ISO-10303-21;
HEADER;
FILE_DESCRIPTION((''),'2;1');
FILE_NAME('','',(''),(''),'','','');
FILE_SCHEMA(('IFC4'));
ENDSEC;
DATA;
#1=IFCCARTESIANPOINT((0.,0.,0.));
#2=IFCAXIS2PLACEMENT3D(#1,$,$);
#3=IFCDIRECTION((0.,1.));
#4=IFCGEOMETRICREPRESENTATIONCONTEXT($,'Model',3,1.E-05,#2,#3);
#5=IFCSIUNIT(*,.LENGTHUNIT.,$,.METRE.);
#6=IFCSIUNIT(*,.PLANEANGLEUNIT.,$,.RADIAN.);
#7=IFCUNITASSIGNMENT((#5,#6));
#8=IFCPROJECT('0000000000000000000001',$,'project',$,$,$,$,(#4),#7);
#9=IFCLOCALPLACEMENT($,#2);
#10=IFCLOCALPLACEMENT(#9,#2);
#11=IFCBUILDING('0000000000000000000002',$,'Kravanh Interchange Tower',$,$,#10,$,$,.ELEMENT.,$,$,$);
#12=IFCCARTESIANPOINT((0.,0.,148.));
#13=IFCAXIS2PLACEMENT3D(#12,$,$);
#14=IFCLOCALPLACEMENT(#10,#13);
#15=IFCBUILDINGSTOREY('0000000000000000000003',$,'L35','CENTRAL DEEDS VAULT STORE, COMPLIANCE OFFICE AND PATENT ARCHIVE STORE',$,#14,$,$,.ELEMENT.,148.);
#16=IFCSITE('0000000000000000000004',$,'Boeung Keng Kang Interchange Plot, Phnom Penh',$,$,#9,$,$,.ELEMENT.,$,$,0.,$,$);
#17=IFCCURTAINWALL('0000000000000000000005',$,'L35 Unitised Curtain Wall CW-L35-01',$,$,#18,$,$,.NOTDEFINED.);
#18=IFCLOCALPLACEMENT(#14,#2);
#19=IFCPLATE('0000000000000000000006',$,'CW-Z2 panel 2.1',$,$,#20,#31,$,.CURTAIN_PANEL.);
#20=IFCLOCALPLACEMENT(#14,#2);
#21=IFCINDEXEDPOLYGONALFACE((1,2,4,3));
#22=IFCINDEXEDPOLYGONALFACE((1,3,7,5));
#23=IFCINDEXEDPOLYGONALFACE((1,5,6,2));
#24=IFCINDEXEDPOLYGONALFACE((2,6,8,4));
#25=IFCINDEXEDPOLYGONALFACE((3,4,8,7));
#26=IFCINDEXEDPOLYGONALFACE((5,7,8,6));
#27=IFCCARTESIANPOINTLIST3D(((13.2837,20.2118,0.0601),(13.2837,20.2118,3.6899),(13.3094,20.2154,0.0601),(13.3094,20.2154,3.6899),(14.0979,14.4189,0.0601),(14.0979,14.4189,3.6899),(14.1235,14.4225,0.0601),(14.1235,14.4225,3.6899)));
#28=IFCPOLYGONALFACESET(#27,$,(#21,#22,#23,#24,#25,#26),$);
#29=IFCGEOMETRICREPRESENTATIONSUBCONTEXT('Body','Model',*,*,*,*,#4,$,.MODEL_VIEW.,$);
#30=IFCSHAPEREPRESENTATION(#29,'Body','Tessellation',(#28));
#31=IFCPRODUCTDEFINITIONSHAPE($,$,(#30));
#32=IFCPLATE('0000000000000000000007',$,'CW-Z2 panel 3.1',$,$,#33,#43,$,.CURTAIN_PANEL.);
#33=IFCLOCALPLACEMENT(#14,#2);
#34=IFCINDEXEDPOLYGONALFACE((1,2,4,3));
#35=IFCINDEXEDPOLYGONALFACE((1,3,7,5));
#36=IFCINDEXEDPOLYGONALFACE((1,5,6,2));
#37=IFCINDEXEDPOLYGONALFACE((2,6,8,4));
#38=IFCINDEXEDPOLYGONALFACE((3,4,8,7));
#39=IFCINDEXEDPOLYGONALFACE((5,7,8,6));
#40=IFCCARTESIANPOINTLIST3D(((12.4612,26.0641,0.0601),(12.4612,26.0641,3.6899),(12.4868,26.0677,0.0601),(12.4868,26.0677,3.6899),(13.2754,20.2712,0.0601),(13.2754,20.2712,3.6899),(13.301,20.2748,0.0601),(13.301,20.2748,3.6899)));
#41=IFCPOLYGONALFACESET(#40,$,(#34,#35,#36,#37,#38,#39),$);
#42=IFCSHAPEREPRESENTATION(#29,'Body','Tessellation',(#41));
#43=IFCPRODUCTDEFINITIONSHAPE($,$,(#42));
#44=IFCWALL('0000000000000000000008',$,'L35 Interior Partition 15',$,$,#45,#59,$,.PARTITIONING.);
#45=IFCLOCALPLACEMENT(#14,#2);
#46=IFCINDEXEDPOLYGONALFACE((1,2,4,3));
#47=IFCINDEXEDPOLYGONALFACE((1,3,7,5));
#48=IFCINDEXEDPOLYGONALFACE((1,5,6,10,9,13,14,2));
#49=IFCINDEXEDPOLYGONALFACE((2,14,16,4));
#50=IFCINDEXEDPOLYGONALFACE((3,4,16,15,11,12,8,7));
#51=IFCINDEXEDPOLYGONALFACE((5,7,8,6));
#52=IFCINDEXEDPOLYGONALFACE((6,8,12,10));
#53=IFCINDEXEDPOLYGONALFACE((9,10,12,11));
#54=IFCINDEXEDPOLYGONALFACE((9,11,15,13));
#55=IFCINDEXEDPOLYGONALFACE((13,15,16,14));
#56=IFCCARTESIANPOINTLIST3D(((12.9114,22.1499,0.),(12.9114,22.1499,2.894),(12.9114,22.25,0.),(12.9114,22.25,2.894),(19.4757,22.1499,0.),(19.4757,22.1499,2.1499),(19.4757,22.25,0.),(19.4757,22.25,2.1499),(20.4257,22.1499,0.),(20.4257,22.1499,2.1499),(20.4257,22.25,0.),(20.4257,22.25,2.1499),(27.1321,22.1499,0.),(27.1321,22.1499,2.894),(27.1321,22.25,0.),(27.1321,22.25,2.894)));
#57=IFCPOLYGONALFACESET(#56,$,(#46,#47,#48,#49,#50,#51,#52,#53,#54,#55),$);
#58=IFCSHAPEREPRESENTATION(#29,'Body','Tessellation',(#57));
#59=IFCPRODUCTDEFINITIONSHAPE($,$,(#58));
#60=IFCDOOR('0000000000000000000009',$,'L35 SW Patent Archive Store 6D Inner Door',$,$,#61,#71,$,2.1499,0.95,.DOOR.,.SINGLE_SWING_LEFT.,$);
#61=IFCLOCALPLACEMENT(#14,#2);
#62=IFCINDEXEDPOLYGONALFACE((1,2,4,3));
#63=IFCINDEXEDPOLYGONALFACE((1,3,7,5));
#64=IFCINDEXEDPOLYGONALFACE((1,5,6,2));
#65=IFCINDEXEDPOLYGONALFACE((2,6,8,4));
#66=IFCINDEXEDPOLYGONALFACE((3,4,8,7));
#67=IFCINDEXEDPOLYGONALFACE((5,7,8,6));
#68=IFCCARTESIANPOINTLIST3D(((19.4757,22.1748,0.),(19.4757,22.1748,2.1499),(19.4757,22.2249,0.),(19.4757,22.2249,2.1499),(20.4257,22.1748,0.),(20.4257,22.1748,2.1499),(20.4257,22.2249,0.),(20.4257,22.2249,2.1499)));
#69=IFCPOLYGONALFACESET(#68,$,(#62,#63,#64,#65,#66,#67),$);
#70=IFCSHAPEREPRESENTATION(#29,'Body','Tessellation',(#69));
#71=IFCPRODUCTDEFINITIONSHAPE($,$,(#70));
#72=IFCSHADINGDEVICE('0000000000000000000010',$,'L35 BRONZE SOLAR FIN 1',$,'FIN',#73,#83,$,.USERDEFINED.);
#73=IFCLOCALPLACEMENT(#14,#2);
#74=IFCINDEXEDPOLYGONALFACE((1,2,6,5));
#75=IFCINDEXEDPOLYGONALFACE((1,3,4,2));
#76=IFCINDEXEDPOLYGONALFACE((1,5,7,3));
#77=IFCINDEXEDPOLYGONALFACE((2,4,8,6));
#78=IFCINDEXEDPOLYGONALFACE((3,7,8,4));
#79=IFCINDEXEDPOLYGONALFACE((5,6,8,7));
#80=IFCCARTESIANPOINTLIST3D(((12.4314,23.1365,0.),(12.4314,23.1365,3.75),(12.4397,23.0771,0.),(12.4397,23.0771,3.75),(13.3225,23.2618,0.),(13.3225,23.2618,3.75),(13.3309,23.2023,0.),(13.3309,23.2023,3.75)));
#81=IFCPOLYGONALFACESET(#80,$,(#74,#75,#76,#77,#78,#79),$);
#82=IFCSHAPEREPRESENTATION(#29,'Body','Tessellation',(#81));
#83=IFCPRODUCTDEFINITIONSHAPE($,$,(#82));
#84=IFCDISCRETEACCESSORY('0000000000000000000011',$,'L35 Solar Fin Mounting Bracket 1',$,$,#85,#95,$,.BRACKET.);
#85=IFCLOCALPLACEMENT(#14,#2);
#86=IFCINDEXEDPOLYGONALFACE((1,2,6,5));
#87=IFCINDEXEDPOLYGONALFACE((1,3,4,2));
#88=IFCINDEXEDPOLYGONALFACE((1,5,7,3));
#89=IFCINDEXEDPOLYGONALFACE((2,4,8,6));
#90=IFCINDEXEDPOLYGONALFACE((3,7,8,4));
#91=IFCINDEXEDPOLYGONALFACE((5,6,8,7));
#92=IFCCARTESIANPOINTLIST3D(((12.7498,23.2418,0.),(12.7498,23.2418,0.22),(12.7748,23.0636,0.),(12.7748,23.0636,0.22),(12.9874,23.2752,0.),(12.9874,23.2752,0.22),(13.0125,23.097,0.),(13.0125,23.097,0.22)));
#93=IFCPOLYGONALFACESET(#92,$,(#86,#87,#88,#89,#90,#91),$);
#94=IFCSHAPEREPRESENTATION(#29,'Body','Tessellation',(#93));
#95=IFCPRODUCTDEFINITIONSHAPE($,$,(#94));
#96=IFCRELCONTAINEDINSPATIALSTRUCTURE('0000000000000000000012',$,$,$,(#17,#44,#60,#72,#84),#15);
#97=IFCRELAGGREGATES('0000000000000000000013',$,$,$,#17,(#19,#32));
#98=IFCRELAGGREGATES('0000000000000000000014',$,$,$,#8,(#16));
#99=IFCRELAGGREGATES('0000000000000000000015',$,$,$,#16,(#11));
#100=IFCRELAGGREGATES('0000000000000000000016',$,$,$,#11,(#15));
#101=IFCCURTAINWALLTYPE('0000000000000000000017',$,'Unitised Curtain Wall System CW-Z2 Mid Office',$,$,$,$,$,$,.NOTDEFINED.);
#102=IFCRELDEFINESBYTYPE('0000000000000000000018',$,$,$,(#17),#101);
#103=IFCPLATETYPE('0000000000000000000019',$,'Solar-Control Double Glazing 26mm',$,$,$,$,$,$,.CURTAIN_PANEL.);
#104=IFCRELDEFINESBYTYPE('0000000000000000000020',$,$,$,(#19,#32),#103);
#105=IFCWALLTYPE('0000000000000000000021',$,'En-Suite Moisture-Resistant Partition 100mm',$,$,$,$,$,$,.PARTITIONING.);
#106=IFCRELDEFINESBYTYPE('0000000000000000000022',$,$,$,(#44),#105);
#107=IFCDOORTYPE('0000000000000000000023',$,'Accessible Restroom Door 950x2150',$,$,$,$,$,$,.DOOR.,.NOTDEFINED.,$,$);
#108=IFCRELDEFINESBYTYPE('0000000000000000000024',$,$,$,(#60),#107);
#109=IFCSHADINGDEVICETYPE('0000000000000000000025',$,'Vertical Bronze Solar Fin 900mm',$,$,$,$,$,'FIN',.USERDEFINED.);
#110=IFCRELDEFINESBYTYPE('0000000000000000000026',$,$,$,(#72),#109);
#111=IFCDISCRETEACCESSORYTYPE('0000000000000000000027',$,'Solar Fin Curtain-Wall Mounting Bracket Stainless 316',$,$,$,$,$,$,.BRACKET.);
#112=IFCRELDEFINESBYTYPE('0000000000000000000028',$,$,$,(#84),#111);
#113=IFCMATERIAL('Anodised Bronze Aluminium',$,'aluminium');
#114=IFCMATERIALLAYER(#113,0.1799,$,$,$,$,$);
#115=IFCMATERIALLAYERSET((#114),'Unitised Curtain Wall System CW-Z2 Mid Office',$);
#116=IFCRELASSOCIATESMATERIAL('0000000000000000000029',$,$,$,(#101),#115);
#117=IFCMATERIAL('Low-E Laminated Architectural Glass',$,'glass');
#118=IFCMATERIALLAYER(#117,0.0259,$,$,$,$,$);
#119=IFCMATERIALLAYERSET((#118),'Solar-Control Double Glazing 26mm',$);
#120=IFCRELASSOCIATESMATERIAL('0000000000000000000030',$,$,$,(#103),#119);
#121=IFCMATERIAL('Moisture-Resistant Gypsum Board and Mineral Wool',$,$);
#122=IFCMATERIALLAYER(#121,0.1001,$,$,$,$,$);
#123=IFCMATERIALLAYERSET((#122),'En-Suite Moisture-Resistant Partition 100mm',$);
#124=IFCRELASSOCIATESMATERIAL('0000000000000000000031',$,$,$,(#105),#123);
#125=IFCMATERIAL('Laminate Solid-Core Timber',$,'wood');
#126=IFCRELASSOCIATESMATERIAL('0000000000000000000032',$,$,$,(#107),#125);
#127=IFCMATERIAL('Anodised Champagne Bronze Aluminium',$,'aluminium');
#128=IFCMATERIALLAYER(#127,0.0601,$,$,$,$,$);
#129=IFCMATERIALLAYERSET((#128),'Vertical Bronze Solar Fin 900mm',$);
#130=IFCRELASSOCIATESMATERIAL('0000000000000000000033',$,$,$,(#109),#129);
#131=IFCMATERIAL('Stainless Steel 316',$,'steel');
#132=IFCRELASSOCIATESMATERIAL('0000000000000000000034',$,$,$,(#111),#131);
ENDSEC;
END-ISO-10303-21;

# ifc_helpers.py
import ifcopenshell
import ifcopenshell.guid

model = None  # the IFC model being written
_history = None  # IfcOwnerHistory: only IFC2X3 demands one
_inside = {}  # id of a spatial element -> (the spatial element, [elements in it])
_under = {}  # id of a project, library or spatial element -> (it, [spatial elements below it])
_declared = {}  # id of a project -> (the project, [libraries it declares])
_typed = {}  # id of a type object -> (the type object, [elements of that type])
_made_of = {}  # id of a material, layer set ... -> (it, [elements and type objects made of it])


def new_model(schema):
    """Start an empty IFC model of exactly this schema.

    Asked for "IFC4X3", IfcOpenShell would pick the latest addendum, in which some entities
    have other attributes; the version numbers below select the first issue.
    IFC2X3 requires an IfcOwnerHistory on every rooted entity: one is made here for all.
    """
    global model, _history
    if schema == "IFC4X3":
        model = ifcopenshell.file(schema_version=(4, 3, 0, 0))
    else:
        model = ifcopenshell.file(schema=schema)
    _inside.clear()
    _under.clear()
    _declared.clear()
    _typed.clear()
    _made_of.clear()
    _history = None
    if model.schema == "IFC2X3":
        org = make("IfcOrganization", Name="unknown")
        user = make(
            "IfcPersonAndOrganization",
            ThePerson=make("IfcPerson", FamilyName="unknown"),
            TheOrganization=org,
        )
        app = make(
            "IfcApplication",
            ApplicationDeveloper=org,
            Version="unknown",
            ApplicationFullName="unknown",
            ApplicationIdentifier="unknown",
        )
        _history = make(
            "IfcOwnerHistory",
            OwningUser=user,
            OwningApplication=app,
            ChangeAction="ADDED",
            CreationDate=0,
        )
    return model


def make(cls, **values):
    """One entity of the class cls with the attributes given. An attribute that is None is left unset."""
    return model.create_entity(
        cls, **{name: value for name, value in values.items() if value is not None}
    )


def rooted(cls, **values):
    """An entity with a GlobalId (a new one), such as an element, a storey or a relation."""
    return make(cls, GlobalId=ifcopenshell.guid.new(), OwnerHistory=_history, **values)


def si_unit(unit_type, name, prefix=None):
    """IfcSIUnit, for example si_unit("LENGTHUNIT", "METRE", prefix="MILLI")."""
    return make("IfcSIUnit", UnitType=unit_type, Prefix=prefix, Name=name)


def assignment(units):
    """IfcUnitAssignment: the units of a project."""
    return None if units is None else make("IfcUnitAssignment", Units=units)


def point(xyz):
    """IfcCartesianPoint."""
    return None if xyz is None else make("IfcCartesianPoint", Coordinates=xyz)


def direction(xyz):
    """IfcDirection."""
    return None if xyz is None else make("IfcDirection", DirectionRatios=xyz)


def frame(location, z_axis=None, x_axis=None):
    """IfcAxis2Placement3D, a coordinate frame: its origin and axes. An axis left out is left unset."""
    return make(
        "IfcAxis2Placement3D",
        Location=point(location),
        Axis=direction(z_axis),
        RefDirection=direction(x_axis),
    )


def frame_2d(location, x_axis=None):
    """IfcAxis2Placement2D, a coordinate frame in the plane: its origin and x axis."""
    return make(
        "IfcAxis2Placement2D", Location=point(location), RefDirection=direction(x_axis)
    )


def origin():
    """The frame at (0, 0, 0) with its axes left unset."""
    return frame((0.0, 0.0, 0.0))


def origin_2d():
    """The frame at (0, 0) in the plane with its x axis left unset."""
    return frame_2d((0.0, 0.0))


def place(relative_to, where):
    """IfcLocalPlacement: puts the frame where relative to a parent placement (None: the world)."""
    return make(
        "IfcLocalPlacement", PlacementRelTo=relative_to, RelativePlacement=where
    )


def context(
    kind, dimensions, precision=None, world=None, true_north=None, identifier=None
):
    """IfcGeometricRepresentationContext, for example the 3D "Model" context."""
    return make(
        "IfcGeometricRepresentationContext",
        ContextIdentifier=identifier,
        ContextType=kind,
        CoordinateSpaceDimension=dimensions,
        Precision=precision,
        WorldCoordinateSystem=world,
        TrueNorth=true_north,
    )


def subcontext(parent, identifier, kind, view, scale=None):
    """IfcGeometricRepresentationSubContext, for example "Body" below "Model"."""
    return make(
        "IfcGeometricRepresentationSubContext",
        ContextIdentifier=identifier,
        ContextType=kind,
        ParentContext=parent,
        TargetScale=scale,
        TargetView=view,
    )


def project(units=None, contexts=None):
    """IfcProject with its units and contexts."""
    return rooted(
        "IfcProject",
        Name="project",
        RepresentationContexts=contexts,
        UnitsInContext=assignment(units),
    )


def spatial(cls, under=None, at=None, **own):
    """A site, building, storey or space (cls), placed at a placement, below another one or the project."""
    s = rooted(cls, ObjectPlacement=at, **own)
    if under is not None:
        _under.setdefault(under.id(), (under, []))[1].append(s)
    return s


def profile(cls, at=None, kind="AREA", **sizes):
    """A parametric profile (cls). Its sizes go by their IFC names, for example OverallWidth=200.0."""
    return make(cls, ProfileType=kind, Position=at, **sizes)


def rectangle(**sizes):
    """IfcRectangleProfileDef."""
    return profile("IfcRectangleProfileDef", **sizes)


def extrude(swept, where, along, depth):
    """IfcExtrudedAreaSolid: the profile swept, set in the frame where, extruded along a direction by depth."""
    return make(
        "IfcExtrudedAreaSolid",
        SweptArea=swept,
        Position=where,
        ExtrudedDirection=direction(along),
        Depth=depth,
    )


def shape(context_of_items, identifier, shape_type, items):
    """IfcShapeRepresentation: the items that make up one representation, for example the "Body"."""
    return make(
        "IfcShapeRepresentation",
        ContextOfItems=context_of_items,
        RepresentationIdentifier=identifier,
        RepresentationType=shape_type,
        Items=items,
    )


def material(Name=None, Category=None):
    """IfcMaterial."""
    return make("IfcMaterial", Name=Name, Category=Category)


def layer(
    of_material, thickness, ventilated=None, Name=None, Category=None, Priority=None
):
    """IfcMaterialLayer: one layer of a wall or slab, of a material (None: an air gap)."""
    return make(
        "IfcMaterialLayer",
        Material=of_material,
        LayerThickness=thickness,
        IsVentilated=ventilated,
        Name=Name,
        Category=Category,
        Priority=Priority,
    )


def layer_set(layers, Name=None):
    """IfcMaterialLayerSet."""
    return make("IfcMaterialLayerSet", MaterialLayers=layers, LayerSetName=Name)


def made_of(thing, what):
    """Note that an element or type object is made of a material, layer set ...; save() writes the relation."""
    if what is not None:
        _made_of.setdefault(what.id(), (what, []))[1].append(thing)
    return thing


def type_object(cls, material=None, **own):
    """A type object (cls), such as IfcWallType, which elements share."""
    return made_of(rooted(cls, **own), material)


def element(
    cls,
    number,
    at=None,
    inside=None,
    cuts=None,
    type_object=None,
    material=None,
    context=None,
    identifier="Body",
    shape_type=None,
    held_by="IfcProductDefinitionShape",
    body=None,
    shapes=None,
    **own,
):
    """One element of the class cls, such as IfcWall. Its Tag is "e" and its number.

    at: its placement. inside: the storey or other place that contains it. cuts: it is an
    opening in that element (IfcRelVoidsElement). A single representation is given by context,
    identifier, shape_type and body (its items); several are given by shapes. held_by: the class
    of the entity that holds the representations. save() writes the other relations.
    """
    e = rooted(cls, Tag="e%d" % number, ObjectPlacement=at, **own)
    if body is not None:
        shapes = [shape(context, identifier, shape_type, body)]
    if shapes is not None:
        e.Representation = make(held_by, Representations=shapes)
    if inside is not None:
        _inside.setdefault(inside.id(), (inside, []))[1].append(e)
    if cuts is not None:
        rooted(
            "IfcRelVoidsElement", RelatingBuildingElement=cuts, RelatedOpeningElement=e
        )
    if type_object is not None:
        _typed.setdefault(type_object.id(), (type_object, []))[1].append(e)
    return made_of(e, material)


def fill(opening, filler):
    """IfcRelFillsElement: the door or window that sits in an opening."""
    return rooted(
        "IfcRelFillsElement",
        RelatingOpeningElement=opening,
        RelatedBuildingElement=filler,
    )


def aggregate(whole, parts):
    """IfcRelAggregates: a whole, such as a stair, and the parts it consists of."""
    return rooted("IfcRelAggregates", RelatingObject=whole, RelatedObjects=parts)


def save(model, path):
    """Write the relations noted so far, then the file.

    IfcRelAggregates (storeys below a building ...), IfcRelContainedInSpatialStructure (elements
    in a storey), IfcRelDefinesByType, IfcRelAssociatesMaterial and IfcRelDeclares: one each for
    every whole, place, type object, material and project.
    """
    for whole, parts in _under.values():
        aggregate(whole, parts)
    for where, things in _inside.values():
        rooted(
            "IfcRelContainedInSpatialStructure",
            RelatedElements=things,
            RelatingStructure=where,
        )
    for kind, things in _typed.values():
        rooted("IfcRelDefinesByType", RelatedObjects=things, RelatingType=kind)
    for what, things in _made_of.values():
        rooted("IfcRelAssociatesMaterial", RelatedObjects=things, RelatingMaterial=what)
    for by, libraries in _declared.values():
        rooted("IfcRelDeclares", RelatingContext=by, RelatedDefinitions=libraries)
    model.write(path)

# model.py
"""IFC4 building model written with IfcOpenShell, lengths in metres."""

from ifc_helpers import new_model, si_unit, direction, frame, frame_2d, origin, origin_2d, place, context, subcontext, project, spatial, rectangle, extrude, material, layer, layer_set, type_object, element, fill, aggregate, save


model = new_model("IFC4")

# Units and contexts
model_context = context("Model", 3, precision=1e-05, world=origin(), true_north=direction((0.0, 1.0)))
body_context = subcontext(model_context, "Body", "Model", "MODEL_VIEW")
ifc_project = project(units=[si_unit("LENGTHUNIT", "METRE"), si_unit("PLANEANGLEUNIT", "RADIAN")], contexts=[model_context])

# Site, building, storey
site_placement = place(None, origin())
site = spatial("IfcSite", under=ifc_project, at=site_placement, Name="Boeung Keng Kang Interchange Plot, Phnom Penh", CompositionType="ELEMENT", RefElevation=0.0)
building_placement = place(site_placement, origin())
building = spatial("IfcBuilding", under=site, at=building_placement, Name="Kravanh Interchange Tower", CompositionType="ELEMENT")
storey_placement = place(building_placement, frame((0.0, 0.0, 148.0)))
storey = spatial("IfcBuildingStorey", under=building, at=storey_placement, Name="L35", Description="CENTRAL DEEDS VAULT STORE, COMPLIANCE OFFICE AND PATENT ARCHIVE STORE", CompositionType="ELEMENT", Elevation=148.0)

# Curtain wall
ifc_material_1 = material(Name="Anodised Bronze Aluminium", Category="aluminium")
ifc_layer_1 = layer(ifc_material_1, 0.1799)
ifc_layer_set_1 = layer_set([ifc_layer_1], Name="Unitised Curtain Wall System CW-Z2 Mid Office")
curtain_wall_type = type_object("IfcCurtainWallType", Name="Unitised Curtain Wall System CW-Z2 Mid Office", PredefinedType="NOTDEFINED", material=ifc_layer_set_1)
curtain_wall_placement = place(storey_placement, origin())
curtain_wall = element("IfcCurtainWall", 1, at=curtain_wall_placement, inside=storey, type_object=curtain_wall_type, Name="L35 Unitised Curtain Wall CW-L35-01", PredefinedType="NOTDEFINED")

# Plates
ifc_material_2 = material(Name="Low-E Laminated Architectural Glass", Category="glass")
ifc_layer_2 = layer(ifc_material_2, 0.0259)
ifc_layer_set_2 = layer_set([ifc_layer_2], Name="Solar-Control Double Glazing 26mm")
plate_type = type_object("IfcPlateType", Name="Solar-Control Double Glazing 26mm", PredefinedType="CURTAIN_PANEL", material=ifc_layer_set_2)
plate_1_placement = place(storey_placement, frame((13.7036, 17.3171, 0.0601), z_axis=(0.0, 0.0, 1.0), x_axis=(-0.139173, 0.990268, 0.0)))
plate_1 = element("IfcPlate", 2, at=plate_1_placement, type_object=plate_type, Name="CW-Z2 panel 2.1", PredefinedType="CURTAIN_PANEL", context=body_context, shape_type="SweptSolid", body=[
    extrude(rectangle(XDim=5.8499, YDim=0.0259, at=origin_2d()), origin(), (0.0, 0.0, 1.0), 3.6299),
])
plate_2_placement = place(storey_placement, frame((12.8811, 23.1694, 0.0601), z_axis=(0.0, 0.0, 1.0), x_axis=(-0.139173, 0.990268, 0.0)))
plate_2 = element("IfcPlate", 3, at=plate_2_placement, type_object=plate_type, Name="CW-Z2 panel 3.1", PredefinedType="CURTAIN_PANEL", context=body_context, shape_type="SweptSolid", body=[
    extrude(rectangle(XDim=5.8499, YDim=0.0259, at=origin_2d()), origin(), (0.0, 0.0, 1.0), 3.6299),
])
aggregate(curtain_wall, [plate_1, plate_2])

# Wall, opening, door
ifc_material_3 = material(Name="Moisture-Resistant Gypsum Board and Mineral Wool")
ifc_layer_3 = layer(ifc_material_3, 0.1001)
ifc_layer_set_3 = layer_set([ifc_layer_3], Name="En-Suite Moisture-Resistant Partition 100mm")
wall_type = type_object("IfcWallType", Name="En-Suite Moisture-Resistant Partition 100mm", PredefinedType="PARTITIONING", material=ifc_layer_set_3)
wall_placement = place(storey_placement, frame((12.9114, 22.2, 0.0), z_axis=(0.0, 0.0, 1.0), x_axis=(1.0, 0.0, 0.0)))
wall = element("IfcWall", 4, at=wall_placement, inside=storey, type_object=wall_type, Name="L35 Interior Partition 15", PredefinedType="PARTITIONING", context=body_context, shape_type="SweptSolid", body=[
    extrude(rectangle(XDim=14.2207, YDim=0.1001, at=frame_2d((7.1104, 0.0))), origin(), (0.0, 0.0, 1.0), 2.894),
])
opening_placement = place(wall_placement, frame((6.5642, 0.0, 0.0)))
opening = element("IfcOpeningElement", 5, at=opening_placement, cuts=wall, PredefinedType="OPENING", context=body_context, shape_type="SweptSolid", body=[
    extrude(rectangle(XDim=0.95, YDim=2.1499, at=frame_2d((0.4751, 1.075))), frame((0.0, 0.0601, 0.0), z_axis=(0.0, -1.0, 0.0), x_axis=(1.0, 0.0, 0.0)), (0.0, 0.0, 1.0), 0.1201),
])
ifc_material_4 = material(Name="Laminate Solid-Core Timber", Category="wood")
door_type = type_object("IfcDoorType", Name="Accessible Restroom Door 950x2150", OperationType="NOTDEFINED", PredefinedType="DOOR", material=ifc_material_4)
door_placement = place(opening_placement, origin())
door = element("IfcDoor", 6, at=door_placement, inside=storey, type_object=door_type, Name="L35 SW Patent Archive Store 6D Inner Door", OperationType="SINGLE_SWING_LEFT", OverallHeight=2.1499, OverallWidth=0.95, PredefinedType="DOOR", context=body_context, shape_type="SweptSolid", body=[
    extrude(rectangle(XDim=0.95, YDim=2.1499, at=frame_2d((0.4751, 1.075))), frame((0.0, 0.0249, 0.0), z_axis=(0.0, -1.0, 0.0), x_axis=(1.0, 0.0, 0.0)), (0.0, 0.0, 1.0), 0.05),
])
fill(opening, door)

# Shading device
ifc_material_5 = material(Name="Anodised Champagne Bronze Aluminium", Category="aluminium")
ifc_layer_4 = layer(ifc_material_5, 0.0601)
ifc_layer_set_4 = layer_set([ifc_layer_4], Name="Vertical Bronze Solar Fin 900mm")
shading_device_type = type_object("IfcShadingDeviceType", Name="Vertical Bronze Solar Fin 900mm", ElementType="FIN", PredefinedType="USERDEFINED", material=ifc_layer_set_4)
shading_device_placement = place(storey_placement, frame((12.8811, 23.1694, 0.0), z_axis=(0.0, 0.0, 1.0), x_axis=(-0.990268, -0.139173, 0.0)))
element("IfcShadingDevice", 7, at=shading_device_placement, inside=storey, type_object=shading_device_type, Name="L35 BRONZE SOLAR FIN 1", ObjectType="FIN", PredefinedType="USERDEFINED", context=body_context, shape_type="SweptSolid", body=[
    extrude(rectangle(XDim=0.8999, YDim=0.0601, at=origin_2d()), origin(), (0.0, 0.0, 1.0), 3.75),
])

# Discrete accessory
ifc_material_6 = material(Name="Stainless Steel 316", Category="steel")
discrete_accessory_type = type_object("IfcDiscreteAccessoryType", Name="Solar Fin Curtain-Wall Mounting Bracket Stainless 316", PredefinedType="BRACKET", material=ifc_material_6)
discrete_accessory_placement = place(storey_placement, frame((12.8811, 23.1694, 0.0), z_axis=(0.0, 0.0, 1.0), x_axis=(-0.990268, -0.139173, 0.0)))
element("IfcDiscreteAccessory", 8, at=discrete_accessory_placement, inside=storey, type_object=discrete_accessory_type, Name="L35 Solar Fin Mounting Bracket 1", PredefinedType="BRACKET", context=body_context, shape_type="SweptSolid", body=[
    extrude(rectangle(XDim=0.24, YDim=0.1799, at=origin_2d()), origin(), (0.0, 0.0, 1.0), 0.22),
])

save(model, "model.ifc")
